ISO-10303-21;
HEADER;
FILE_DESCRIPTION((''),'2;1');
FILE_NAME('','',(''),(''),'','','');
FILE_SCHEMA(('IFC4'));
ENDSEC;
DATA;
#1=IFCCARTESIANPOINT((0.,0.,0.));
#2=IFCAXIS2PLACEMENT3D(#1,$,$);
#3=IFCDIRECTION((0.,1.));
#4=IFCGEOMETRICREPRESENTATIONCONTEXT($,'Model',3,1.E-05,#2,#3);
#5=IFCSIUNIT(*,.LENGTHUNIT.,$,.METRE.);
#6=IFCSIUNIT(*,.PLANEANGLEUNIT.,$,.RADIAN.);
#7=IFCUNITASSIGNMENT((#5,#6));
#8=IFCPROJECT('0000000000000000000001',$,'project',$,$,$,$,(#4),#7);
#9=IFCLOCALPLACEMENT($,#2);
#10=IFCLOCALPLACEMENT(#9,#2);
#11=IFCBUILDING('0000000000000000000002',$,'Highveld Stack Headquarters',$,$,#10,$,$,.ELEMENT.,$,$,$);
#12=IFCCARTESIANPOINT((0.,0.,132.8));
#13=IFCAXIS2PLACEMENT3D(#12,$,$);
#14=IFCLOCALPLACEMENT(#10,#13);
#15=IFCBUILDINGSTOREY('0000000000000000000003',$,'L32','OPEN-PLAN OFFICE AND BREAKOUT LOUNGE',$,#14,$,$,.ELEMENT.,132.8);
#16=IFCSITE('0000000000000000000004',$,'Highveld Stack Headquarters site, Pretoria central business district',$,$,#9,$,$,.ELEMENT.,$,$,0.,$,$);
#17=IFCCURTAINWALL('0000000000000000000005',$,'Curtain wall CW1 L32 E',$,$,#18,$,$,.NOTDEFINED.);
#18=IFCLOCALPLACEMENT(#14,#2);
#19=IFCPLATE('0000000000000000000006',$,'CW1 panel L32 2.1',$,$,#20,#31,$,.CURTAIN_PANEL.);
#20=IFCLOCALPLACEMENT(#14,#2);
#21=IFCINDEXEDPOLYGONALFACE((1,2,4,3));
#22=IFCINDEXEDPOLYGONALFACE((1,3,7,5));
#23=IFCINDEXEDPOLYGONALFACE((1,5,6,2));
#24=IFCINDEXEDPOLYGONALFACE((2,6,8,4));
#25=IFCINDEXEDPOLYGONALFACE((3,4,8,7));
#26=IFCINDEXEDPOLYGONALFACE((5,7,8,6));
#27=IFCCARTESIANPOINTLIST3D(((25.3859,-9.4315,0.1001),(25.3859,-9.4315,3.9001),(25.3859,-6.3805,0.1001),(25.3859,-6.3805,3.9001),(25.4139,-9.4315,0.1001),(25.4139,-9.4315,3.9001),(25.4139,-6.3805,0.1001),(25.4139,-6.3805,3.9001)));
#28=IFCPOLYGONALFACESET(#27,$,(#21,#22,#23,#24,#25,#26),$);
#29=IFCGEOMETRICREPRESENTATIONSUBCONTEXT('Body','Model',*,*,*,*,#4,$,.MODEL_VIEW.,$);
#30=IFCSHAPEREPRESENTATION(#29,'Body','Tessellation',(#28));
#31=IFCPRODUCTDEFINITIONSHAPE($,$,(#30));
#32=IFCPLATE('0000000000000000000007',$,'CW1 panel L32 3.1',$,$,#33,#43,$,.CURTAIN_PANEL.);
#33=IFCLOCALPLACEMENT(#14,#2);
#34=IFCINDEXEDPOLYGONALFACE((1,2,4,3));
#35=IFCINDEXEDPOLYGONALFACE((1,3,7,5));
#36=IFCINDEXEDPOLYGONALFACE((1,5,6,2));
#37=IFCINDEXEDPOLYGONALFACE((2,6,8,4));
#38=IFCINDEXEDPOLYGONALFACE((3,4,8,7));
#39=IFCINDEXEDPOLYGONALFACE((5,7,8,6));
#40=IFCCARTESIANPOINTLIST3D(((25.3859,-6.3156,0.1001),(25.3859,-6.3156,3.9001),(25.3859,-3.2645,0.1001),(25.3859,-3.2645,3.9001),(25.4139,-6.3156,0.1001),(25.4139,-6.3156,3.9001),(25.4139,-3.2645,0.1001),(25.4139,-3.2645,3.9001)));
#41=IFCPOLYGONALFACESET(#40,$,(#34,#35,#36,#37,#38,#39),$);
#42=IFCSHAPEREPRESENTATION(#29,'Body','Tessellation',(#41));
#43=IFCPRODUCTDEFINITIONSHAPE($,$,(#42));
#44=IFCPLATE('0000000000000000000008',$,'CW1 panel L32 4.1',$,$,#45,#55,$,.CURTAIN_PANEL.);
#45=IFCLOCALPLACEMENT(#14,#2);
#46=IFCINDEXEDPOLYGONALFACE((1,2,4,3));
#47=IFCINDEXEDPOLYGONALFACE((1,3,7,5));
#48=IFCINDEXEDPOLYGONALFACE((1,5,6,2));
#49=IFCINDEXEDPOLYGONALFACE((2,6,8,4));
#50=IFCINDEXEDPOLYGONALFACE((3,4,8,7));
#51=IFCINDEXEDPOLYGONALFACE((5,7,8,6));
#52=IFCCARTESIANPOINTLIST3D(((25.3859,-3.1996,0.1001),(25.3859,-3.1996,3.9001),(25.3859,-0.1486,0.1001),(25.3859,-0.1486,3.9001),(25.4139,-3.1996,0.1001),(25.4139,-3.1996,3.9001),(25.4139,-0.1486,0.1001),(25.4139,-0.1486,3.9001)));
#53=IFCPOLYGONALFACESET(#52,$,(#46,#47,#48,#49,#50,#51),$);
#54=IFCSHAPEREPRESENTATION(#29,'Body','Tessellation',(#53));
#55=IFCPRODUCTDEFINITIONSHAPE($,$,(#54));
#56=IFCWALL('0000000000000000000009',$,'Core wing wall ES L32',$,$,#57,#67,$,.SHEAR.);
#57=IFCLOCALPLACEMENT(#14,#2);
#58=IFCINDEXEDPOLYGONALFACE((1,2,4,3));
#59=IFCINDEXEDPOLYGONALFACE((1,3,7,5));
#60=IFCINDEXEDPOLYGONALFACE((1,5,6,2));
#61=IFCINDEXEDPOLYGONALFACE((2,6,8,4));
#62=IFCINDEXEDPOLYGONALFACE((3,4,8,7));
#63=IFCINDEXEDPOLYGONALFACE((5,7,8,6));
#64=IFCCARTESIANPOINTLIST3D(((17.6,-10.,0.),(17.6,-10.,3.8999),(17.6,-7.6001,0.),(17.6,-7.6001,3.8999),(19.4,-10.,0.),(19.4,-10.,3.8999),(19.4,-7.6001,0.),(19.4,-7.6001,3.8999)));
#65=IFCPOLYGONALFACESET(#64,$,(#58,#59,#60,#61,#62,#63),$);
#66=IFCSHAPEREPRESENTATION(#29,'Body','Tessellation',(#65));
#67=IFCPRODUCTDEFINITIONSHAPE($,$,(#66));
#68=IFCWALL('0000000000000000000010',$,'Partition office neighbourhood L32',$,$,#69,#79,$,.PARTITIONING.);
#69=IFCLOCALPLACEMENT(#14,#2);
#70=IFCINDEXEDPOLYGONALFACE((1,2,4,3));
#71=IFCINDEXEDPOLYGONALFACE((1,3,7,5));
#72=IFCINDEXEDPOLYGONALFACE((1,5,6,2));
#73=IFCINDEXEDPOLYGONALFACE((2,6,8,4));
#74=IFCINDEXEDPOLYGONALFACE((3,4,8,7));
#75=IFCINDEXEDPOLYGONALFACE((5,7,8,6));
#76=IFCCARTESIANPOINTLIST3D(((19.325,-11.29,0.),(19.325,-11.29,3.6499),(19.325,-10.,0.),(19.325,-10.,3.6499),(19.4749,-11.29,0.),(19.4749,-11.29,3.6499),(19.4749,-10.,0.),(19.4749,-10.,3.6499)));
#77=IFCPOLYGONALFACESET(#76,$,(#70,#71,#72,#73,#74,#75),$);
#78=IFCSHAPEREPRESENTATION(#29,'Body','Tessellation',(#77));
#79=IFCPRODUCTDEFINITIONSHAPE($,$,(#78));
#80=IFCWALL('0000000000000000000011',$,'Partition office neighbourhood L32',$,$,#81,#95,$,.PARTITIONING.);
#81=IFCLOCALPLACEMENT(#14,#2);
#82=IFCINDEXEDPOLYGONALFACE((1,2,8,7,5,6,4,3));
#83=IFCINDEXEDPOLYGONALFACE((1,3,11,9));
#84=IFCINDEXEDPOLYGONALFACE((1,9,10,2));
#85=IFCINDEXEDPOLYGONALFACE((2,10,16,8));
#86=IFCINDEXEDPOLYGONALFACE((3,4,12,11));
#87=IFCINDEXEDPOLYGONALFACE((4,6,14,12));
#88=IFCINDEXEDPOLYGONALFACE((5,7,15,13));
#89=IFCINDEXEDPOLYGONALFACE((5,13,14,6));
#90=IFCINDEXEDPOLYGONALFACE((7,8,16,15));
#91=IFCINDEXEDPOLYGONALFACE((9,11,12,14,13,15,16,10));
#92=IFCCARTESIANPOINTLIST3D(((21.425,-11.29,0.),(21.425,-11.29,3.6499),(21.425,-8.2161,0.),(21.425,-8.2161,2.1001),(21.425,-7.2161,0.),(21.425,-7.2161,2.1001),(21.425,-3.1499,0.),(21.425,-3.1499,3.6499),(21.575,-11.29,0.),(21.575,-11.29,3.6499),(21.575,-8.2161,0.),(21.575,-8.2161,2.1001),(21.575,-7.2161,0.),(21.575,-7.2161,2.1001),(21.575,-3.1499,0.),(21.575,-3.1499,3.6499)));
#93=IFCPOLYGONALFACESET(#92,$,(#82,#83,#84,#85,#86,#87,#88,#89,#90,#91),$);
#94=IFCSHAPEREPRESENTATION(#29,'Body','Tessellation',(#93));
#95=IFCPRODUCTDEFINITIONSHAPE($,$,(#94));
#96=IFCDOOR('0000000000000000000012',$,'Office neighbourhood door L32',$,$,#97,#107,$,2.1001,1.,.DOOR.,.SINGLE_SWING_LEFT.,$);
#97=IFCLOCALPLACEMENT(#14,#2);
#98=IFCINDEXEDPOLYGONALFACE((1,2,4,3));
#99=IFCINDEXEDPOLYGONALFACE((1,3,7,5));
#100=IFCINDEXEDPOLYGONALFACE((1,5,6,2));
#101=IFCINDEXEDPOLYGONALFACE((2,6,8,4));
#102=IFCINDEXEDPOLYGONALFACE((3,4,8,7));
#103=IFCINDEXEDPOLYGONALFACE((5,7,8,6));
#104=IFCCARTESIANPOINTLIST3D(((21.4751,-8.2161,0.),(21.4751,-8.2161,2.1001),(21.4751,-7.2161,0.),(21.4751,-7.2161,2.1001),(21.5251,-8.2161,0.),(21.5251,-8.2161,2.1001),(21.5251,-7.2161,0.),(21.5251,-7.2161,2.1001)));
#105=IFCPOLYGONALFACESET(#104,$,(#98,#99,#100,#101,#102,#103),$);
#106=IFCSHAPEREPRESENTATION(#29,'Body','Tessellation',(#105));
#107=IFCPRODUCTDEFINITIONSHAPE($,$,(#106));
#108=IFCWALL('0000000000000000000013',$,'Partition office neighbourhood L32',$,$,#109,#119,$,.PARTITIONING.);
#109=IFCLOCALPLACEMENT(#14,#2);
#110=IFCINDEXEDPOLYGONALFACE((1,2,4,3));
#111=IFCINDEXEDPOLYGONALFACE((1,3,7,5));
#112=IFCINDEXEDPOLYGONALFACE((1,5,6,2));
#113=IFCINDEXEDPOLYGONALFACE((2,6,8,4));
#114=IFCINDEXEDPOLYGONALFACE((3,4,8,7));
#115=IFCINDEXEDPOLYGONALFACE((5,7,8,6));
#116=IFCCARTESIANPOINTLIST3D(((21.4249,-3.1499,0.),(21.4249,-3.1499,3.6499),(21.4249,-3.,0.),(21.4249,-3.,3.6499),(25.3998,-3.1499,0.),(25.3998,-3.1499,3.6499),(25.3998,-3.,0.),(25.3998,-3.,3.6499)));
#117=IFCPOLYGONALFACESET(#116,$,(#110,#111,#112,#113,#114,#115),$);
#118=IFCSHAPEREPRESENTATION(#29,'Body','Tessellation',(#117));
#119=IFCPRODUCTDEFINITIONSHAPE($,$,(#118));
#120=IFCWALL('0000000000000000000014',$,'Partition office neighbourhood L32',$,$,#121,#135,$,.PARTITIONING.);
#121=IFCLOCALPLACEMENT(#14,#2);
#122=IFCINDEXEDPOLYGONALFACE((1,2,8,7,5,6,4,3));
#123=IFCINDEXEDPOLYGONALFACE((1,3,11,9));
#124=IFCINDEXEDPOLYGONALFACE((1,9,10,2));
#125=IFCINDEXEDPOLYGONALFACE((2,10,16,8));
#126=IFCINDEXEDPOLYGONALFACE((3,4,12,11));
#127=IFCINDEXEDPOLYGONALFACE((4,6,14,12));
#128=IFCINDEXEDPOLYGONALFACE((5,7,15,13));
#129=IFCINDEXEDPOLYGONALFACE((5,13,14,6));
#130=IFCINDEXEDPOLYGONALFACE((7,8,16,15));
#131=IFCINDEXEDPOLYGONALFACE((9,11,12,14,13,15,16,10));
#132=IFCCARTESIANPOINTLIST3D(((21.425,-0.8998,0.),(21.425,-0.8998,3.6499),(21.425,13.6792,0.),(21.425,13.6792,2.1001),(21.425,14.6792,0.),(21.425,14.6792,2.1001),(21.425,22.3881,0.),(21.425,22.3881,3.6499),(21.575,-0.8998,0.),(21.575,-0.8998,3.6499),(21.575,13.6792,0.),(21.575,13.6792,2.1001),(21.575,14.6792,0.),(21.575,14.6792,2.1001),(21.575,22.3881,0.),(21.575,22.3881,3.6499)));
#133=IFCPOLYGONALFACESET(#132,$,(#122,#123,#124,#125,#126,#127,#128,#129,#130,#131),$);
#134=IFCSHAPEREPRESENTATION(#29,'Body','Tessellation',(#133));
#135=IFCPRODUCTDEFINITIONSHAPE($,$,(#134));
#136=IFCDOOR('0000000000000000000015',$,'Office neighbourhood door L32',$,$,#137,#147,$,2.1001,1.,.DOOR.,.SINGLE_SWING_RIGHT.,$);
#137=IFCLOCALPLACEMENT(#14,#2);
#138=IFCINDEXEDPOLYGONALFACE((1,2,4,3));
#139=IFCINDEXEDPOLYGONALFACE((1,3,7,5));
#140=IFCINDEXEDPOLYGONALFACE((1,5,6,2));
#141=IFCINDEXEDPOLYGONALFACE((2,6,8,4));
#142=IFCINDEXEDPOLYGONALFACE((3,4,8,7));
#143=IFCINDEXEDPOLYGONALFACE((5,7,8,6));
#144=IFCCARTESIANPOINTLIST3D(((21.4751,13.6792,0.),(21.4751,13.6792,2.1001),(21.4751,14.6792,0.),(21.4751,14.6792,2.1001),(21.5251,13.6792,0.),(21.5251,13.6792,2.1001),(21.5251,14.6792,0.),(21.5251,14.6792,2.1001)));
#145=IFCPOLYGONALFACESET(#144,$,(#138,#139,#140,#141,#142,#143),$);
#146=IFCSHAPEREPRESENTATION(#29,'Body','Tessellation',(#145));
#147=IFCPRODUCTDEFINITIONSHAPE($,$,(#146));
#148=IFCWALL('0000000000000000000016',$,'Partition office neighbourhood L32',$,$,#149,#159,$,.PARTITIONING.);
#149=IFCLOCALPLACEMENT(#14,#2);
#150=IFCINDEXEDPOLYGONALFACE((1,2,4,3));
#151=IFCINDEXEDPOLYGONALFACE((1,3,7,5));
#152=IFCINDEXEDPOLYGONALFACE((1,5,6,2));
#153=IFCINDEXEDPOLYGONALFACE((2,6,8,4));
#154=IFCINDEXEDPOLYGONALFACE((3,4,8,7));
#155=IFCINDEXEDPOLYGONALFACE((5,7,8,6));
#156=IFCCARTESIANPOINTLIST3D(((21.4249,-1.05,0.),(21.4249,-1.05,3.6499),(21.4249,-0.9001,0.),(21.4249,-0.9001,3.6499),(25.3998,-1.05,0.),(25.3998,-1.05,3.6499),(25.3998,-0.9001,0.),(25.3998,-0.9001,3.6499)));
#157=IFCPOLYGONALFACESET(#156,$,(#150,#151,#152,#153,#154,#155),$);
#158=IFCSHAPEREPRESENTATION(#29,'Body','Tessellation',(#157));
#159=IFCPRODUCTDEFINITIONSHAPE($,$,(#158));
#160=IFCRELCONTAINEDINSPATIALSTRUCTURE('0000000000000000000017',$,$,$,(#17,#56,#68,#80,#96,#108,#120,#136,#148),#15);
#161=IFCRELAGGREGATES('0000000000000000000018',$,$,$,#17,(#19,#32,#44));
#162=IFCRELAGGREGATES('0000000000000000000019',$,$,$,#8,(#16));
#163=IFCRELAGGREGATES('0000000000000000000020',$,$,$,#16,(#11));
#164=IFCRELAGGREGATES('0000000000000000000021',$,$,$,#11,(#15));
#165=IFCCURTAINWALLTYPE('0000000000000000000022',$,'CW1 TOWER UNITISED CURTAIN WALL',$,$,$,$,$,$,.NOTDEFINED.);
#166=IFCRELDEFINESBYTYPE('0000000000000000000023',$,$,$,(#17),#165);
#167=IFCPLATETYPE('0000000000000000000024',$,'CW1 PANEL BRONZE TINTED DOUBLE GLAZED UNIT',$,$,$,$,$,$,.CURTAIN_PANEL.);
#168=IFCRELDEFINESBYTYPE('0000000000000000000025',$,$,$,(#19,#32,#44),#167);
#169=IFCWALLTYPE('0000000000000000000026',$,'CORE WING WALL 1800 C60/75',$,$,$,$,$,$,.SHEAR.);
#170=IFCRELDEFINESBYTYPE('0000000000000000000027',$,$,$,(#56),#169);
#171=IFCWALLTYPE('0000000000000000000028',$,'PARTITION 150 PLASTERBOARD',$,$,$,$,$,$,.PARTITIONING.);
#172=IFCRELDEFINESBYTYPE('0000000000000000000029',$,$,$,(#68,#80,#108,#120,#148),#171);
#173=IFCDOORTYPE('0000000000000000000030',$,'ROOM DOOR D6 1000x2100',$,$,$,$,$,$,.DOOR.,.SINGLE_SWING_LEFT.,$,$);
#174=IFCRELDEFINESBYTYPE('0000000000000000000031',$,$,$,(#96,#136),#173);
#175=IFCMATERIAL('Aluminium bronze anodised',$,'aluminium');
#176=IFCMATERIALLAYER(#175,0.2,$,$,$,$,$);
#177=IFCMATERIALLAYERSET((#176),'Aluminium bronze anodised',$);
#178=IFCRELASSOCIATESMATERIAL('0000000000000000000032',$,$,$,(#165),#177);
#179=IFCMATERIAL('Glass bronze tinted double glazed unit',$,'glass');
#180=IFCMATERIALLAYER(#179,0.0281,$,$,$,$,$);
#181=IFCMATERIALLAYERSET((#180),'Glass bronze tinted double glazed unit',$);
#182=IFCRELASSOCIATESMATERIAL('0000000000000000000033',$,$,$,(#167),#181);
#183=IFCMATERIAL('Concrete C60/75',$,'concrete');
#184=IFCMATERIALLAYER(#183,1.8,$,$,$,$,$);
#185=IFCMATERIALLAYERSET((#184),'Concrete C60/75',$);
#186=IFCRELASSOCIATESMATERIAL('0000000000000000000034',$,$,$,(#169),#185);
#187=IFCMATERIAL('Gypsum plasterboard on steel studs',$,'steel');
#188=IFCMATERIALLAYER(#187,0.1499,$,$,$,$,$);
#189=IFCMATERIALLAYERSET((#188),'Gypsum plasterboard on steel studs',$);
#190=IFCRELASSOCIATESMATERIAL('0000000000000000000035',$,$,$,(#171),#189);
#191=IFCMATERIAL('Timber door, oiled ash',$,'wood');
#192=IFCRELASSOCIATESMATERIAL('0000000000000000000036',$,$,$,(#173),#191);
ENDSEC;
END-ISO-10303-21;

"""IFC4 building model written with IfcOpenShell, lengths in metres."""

from ifc_helpers import new_model, si_unit, direction, frame, frame_2d, origin, origin_2d, place, context, subcontext, project, spatial, rectangle, extrude, material, layer, layer_set, type_object, element, fill, aggregate, save


model = new_model("IFC4")

# Units and contexts
model_context = context("Model", 3, precision=1e-05, world=origin(), true_north=direction((0.0, 1.0)))
body_context = subcontext(model_context, "Body", "Model", "MODEL_VIEW")
ifc_project = project(units=[si_unit("LENGTHUNIT", "METRE"), si_unit("PLANEANGLEUNIT", "RADIAN")], contexts=[model_context])

# Site, building, storey
site_placement = place(None, origin())
site = spatial("IfcSite", under=ifc_project, at=site_placement, Name="Highveld Stack Headquarters site, Pretoria central business district", CompositionType="ELEMENT", RefElevation=0.0)
building_placement = place(site_placement, origin())
building = spatial("IfcBuilding", under=site, at=building_placement, Name="Highveld Stack Headquarters", CompositionType="ELEMENT")
storey_placement = place(building_placement, frame((0.0, 0.0, 132.8)))
storey = spatial("IfcBuildingStorey", under=building, at=storey_placement, Name="L32", Description="OPEN-PLAN OFFICE AND BREAKOUT LOUNGE", CompositionType="ELEMENT", Elevation=132.8)

# Curtain wall, plates
ifc_material_1 = material(Name="Aluminium bronze anodised", Category="aluminium")
ifc_layer_1 = layer(ifc_material_1, 0.2)
ifc_layer_set_1 = layer_set([ifc_layer_1], Name="Aluminium bronze anodised")
curtain_wall_type = type_object("IfcCurtainWallType", Name="CW1 TOWER UNITISED CURTAIN WALL", PredefinedType="NOTDEFINED", material=ifc_layer_set_1)
curtain_wall_placement = place(storey_placement, origin())
curtain_wall = element("IfcCurtainWall", 1, at=curtain_wall_placement, inside=storey, type_object=curtain_wall_type, Name="Curtain wall CW1 L32 E", PredefinedType="NOTDEFINED")
ifc_material_2 = material(Name="Glass bronze tinted double glazed unit", Category="glass")
ifc_layer_2 = layer(ifc_material_2, 0.0281)
ifc_layer_set_2 = layer_set([ifc_layer_2], Name="Glass bronze tinted double glazed unit")
plate_type = type_object("IfcPlateType", Name="CW1 PANEL BRONZE TINTED DOUBLE GLAZED UNIT", PredefinedType="CURTAIN_PANEL", material=ifc_layer_set_2)
plate_1_placement = place(storey_placement, frame((25.3999, -7.906, 0.1001), z_axis=(0.0, 0.0, 1.0), x_axis=(0.0, 1.0, 0.0)))
plate_1 = element("IfcPlate", 2, at=plate_1_placement, type_object=plate_type, Name="CW1 panel L32 2.1", PredefinedType="CURTAIN_PANEL", context=body_context, shape_type="SweptSolid", body=[
    extrude(rectangle(XDim=3.051, YDim=0.0281, at=origin_2d()), origin(), (0.0, 0.0, 1.0), 3.8),
])
plate_2_placement = place(storey_placement, frame((25.3999, -4.79, 0.1001), z_axis=(0.0, 0.0, 1.0), x_axis=(0.0, 1.0, 0.0)))
plate_2 = element("IfcPlate", 3, at=plate_2_placement, type_object=plate_type, Name="CW1 panel L32 3.1", PredefinedType="CURTAIN_PANEL", context=body_context, shape_type="SweptSolid", body=[
    extrude(rectangle(XDim=3.051, YDim=0.0281, at=origin_2d()), origin(), (0.0, 0.0, 1.0), 3.8),
])
plate_3_placement = place(storey_placement, frame((25.3999, -1.6741, 0.1001), z_axis=(0.0, 0.0, 1.0), x_axis=(0.0, 1.0, 0.0)))
plate_3 = element("IfcPlate", 4, at=plate_3_placement, type_object=plate_type, Name="CW1 panel L32 4.1", PredefinedType="CURTAIN_PANEL", context=body_context, shape_type="SweptSolid", body=[
    extrude(rectangle(XDim=3.051, YDim=0.0281, at=origin_2d()), origin(), (0.0, 0.0, 1.0), 3.8),
])
aggregate(curtain_wall, [plate_1, plate_2, plate_3])

# Walls
ifc_material_3 = material(Name="Concrete C60/75", Category="concrete")
ifc_layer_3 = layer(ifc_material_3, 1.8)
ifc_layer_set_3 = layer_set([ifc_layer_3], Name="Concrete C60/75")
wall_type_1 = type_object("IfcWallType", Name="CORE WING WALL 1800 C60/75", PredefinedType="SHEAR", material=ifc_layer_set_3)
wall_1_placement = place(storey_placement, frame((18.5, -10.0, 0.0), z_axis=(0.0, 0.0, 1.0), x_axis=(0.0, 1.0, 0.0)))
element("IfcWall", 5, at=wall_1_placement, inside=storey, type_object=wall_type_1, Name="Core wing wall ES L32", PredefinedType="SHEAR", context=body_context, shape_type="SweptSolid", body=[
    extrude(rectangle(XDim=2.3999, YDim=1.8, at=frame_2d((1.2, 0.0))), origin(), (0.0, 0.0, 1.0), 3.8999),
])
ifc_material_4 = material(Name="Gypsum plasterboard on steel studs", Category="steel")
ifc_layer_4 = layer(ifc_material_4, 0.1499)
ifc_layer_set_4 = layer_set([ifc_layer_4], Name="Gypsum plasterboard on steel studs")
wall_type_2 = type_object("IfcWallType", Name="PARTITION 150 PLASTERBOARD", PredefinedType="PARTITIONING", material=ifc_layer_set_4)
wall_2_placement = place(storey_placement, frame((19.3999, -11.29, 0.0), z_axis=(0.0, 0.0, 1.0), x_axis=(0.0, 1.0, 0.0)))
element("IfcWall", 6, at=wall_2_placement, inside=storey, type_object=wall_type_2, Name="Partition office neighbourhood L32", PredefinedType="PARTITIONING", context=body_context, shape_type="SweptSolid", body=[
    extrude(rectangle(XDim=1.29, YDim=0.1499, at=frame_2d((0.645, 0.0))), origin(), (0.0, 0.0, 1.0), 3.6499),
])

# Wall, opening, door
wall_3_placement = place(storey_placement, frame((21.5, -11.29, 0.0), z_axis=(0.0, 0.0, 1.0), x_axis=(0.0, 1.0, 0.0)))
wall_3 = element("IfcWall", 7, at=wall_3_placement, inside=storey, type_object=wall_type_2, Name="Partition office neighbourhood L32", PredefinedType="PARTITIONING", context=body_context, shape_type="SweptSolid", body=[
    extrude(rectangle(XDim=8.1401, YDim=0.1499, at=frame_2d((4.0701, 0.0))), origin(), (0.0, 0.0, 1.0), 3.6499),
])
opening_1_placement = place(wall_3_placement, frame((3.074, 0.0, 0.0)))
opening_1 = element("IfcOpeningElement", 8, at=opening_1_placement, cuts=wall_3, PredefinedType="OPENING", context=body_context, shape_type="SweptSolid", body=[
    extrude(rectangle(XDim=1.0, YDim=2.1001, at=frame_2d((0.5, 1.05))), frame((0.0, 0.085, 0.0), z_axis=(0.0, -1.0, 0.0), x_axis=(1.0, 0.0, 0.0)), (0.0, 0.0, 1.0), 0.1699),
])
ifc_material_5 = material(Name="Timber door, oiled ash", Category="wood")
door_type_1 = type_object("IfcDoorType", Name="ROOM DOOR D6 1000x2100", OperationType="SINGLE_SWING_LEFT", PredefinedType="DOOR", material=ifc_material_5)
door_1_placement = place(opening_1_placement, origin())
door_1 = element("IfcDoor", 9, at=door_1_placement, inside=storey, type_object=door_type_1, Name="Office neighbourhood door L32", OperationType="SINGLE_SWING_LEFT", OverallHeight=2.1001, OverallWidth=1.0, PredefinedType="DOOR", context=body_context, shape_type="SweptSolid", body=[
    extrude(rectangle(XDim=1.0, YDim=2.1001, at=frame_2d((0.5, 1.05))), frame((0.0, 0.0249, 0.0), z_axis=(0.0, -1.0, 0.0), x_axis=(1.0, 0.0, 0.0)), (0.0, 0.0, 1.0), 0.05),
])
fill(opening_1, door_1)

# Wall
wall_4_placement = place(storey_placement, frame((21.425, -3.075, 0.0), z_axis=(0.0, 0.0, 1.0), x_axis=(1.0, 0.0, 0.0)))
element("IfcWall", 10, at=wall_4_placement, inside=storey, type_object=wall_type_2, Name="Partition office neighbourhood L32", PredefinedType="PARTITIONING", context=body_context, shape_type="SweptSolid", body=[
    extrude(rectangle(XDim=3.9749, YDim=0.1499, at=frame_2d((1.9873, 0.0))), origin(), (0.0, 0.0, 1.0), 3.6499),
])

# Wall, opening, door
wall_5_placement = place(storey_placement, frame((21.5, -0.8999, 0.0), z_axis=(0.0, 0.0, 1.0), x_axis=(0.0, 1.0, 0.0)))
wall_5 = element("IfcWall", 11, at=wall_5_placement, inside=storey, type_object=wall_type_2, Name="Partition office neighbourhood L32", PredefinedType="PARTITIONING", context=body_context, shape_type="SweptSolid", body=[
    extrude(rectangle(XDim=23.2878, YDim=0.1499, at=frame_2d((11.644, 0.0))), origin(), (0.0, 0.0, 1.0), 3.6499),
])
opening_2_placement = place(wall_5_placement, frame((14.5791, 0.0, 0.0)))
opening_2 = element("IfcOpeningElement", 12, at=opening_2_placement, cuts=wall_5, PredefinedType="OPENING", context=body_context, shape_type="SweptSolid", body=[
    extrude(rectangle(XDim=1.0, YDim=2.1001, at=frame_2d((0.5, 1.05))), frame((0.0, 0.085, 0.0), z_axis=(0.0, -1.0, 0.0), x_axis=(1.0, 0.0, 0.0)), (0.0, 0.0, 1.0), 0.1699),
])
door_2_placement = place(opening_2_placement, origin())
door_2 = element("IfcDoor", 13, at=door_2_placement, inside=storey, type_object=door_type_1, Name="Office neighbourhood door L32", OperationType="SINGLE_SWING_RIGHT", OverallHeight=2.1001, OverallWidth=1.0, PredefinedType="DOOR", context=body_context, shape_type="SweptSolid", body=[
    extrude(rectangle(XDim=1.0, YDim=2.1001, at=frame_2d((0.5, 1.05))), frame((0.0, 0.0249, 0.0), z_axis=(0.0, -1.0, 0.0), x_axis=(1.0, 0.0, 0.0)), (0.0, 0.0, 1.0), 0.05),
])
fill(opening_2, door_2)

# Wall
wall_6_placement = place(storey_placement, frame((21.425, -0.9751, 0.0), z_axis=(0.0, 0.0, 1.0), x_axis=(1.0, 0.0, 0.0)))
element("IfcWall", 14, at=wall_6_placement, inside=storey, type_object=wall_type_2, Name="Partition office neighbourhood L32", PredefinedType="PARTITIONING", context=body_context, shape_type="SweptSolid", body=[
    extrude(rectangle(XDim=3.9749, YDim=0.1499, at=frame_2d((1.9873, 0.0))), origin(), (0.0, 0.0, 1.0), 3.6499),
])

save(model, "model.ifc")
